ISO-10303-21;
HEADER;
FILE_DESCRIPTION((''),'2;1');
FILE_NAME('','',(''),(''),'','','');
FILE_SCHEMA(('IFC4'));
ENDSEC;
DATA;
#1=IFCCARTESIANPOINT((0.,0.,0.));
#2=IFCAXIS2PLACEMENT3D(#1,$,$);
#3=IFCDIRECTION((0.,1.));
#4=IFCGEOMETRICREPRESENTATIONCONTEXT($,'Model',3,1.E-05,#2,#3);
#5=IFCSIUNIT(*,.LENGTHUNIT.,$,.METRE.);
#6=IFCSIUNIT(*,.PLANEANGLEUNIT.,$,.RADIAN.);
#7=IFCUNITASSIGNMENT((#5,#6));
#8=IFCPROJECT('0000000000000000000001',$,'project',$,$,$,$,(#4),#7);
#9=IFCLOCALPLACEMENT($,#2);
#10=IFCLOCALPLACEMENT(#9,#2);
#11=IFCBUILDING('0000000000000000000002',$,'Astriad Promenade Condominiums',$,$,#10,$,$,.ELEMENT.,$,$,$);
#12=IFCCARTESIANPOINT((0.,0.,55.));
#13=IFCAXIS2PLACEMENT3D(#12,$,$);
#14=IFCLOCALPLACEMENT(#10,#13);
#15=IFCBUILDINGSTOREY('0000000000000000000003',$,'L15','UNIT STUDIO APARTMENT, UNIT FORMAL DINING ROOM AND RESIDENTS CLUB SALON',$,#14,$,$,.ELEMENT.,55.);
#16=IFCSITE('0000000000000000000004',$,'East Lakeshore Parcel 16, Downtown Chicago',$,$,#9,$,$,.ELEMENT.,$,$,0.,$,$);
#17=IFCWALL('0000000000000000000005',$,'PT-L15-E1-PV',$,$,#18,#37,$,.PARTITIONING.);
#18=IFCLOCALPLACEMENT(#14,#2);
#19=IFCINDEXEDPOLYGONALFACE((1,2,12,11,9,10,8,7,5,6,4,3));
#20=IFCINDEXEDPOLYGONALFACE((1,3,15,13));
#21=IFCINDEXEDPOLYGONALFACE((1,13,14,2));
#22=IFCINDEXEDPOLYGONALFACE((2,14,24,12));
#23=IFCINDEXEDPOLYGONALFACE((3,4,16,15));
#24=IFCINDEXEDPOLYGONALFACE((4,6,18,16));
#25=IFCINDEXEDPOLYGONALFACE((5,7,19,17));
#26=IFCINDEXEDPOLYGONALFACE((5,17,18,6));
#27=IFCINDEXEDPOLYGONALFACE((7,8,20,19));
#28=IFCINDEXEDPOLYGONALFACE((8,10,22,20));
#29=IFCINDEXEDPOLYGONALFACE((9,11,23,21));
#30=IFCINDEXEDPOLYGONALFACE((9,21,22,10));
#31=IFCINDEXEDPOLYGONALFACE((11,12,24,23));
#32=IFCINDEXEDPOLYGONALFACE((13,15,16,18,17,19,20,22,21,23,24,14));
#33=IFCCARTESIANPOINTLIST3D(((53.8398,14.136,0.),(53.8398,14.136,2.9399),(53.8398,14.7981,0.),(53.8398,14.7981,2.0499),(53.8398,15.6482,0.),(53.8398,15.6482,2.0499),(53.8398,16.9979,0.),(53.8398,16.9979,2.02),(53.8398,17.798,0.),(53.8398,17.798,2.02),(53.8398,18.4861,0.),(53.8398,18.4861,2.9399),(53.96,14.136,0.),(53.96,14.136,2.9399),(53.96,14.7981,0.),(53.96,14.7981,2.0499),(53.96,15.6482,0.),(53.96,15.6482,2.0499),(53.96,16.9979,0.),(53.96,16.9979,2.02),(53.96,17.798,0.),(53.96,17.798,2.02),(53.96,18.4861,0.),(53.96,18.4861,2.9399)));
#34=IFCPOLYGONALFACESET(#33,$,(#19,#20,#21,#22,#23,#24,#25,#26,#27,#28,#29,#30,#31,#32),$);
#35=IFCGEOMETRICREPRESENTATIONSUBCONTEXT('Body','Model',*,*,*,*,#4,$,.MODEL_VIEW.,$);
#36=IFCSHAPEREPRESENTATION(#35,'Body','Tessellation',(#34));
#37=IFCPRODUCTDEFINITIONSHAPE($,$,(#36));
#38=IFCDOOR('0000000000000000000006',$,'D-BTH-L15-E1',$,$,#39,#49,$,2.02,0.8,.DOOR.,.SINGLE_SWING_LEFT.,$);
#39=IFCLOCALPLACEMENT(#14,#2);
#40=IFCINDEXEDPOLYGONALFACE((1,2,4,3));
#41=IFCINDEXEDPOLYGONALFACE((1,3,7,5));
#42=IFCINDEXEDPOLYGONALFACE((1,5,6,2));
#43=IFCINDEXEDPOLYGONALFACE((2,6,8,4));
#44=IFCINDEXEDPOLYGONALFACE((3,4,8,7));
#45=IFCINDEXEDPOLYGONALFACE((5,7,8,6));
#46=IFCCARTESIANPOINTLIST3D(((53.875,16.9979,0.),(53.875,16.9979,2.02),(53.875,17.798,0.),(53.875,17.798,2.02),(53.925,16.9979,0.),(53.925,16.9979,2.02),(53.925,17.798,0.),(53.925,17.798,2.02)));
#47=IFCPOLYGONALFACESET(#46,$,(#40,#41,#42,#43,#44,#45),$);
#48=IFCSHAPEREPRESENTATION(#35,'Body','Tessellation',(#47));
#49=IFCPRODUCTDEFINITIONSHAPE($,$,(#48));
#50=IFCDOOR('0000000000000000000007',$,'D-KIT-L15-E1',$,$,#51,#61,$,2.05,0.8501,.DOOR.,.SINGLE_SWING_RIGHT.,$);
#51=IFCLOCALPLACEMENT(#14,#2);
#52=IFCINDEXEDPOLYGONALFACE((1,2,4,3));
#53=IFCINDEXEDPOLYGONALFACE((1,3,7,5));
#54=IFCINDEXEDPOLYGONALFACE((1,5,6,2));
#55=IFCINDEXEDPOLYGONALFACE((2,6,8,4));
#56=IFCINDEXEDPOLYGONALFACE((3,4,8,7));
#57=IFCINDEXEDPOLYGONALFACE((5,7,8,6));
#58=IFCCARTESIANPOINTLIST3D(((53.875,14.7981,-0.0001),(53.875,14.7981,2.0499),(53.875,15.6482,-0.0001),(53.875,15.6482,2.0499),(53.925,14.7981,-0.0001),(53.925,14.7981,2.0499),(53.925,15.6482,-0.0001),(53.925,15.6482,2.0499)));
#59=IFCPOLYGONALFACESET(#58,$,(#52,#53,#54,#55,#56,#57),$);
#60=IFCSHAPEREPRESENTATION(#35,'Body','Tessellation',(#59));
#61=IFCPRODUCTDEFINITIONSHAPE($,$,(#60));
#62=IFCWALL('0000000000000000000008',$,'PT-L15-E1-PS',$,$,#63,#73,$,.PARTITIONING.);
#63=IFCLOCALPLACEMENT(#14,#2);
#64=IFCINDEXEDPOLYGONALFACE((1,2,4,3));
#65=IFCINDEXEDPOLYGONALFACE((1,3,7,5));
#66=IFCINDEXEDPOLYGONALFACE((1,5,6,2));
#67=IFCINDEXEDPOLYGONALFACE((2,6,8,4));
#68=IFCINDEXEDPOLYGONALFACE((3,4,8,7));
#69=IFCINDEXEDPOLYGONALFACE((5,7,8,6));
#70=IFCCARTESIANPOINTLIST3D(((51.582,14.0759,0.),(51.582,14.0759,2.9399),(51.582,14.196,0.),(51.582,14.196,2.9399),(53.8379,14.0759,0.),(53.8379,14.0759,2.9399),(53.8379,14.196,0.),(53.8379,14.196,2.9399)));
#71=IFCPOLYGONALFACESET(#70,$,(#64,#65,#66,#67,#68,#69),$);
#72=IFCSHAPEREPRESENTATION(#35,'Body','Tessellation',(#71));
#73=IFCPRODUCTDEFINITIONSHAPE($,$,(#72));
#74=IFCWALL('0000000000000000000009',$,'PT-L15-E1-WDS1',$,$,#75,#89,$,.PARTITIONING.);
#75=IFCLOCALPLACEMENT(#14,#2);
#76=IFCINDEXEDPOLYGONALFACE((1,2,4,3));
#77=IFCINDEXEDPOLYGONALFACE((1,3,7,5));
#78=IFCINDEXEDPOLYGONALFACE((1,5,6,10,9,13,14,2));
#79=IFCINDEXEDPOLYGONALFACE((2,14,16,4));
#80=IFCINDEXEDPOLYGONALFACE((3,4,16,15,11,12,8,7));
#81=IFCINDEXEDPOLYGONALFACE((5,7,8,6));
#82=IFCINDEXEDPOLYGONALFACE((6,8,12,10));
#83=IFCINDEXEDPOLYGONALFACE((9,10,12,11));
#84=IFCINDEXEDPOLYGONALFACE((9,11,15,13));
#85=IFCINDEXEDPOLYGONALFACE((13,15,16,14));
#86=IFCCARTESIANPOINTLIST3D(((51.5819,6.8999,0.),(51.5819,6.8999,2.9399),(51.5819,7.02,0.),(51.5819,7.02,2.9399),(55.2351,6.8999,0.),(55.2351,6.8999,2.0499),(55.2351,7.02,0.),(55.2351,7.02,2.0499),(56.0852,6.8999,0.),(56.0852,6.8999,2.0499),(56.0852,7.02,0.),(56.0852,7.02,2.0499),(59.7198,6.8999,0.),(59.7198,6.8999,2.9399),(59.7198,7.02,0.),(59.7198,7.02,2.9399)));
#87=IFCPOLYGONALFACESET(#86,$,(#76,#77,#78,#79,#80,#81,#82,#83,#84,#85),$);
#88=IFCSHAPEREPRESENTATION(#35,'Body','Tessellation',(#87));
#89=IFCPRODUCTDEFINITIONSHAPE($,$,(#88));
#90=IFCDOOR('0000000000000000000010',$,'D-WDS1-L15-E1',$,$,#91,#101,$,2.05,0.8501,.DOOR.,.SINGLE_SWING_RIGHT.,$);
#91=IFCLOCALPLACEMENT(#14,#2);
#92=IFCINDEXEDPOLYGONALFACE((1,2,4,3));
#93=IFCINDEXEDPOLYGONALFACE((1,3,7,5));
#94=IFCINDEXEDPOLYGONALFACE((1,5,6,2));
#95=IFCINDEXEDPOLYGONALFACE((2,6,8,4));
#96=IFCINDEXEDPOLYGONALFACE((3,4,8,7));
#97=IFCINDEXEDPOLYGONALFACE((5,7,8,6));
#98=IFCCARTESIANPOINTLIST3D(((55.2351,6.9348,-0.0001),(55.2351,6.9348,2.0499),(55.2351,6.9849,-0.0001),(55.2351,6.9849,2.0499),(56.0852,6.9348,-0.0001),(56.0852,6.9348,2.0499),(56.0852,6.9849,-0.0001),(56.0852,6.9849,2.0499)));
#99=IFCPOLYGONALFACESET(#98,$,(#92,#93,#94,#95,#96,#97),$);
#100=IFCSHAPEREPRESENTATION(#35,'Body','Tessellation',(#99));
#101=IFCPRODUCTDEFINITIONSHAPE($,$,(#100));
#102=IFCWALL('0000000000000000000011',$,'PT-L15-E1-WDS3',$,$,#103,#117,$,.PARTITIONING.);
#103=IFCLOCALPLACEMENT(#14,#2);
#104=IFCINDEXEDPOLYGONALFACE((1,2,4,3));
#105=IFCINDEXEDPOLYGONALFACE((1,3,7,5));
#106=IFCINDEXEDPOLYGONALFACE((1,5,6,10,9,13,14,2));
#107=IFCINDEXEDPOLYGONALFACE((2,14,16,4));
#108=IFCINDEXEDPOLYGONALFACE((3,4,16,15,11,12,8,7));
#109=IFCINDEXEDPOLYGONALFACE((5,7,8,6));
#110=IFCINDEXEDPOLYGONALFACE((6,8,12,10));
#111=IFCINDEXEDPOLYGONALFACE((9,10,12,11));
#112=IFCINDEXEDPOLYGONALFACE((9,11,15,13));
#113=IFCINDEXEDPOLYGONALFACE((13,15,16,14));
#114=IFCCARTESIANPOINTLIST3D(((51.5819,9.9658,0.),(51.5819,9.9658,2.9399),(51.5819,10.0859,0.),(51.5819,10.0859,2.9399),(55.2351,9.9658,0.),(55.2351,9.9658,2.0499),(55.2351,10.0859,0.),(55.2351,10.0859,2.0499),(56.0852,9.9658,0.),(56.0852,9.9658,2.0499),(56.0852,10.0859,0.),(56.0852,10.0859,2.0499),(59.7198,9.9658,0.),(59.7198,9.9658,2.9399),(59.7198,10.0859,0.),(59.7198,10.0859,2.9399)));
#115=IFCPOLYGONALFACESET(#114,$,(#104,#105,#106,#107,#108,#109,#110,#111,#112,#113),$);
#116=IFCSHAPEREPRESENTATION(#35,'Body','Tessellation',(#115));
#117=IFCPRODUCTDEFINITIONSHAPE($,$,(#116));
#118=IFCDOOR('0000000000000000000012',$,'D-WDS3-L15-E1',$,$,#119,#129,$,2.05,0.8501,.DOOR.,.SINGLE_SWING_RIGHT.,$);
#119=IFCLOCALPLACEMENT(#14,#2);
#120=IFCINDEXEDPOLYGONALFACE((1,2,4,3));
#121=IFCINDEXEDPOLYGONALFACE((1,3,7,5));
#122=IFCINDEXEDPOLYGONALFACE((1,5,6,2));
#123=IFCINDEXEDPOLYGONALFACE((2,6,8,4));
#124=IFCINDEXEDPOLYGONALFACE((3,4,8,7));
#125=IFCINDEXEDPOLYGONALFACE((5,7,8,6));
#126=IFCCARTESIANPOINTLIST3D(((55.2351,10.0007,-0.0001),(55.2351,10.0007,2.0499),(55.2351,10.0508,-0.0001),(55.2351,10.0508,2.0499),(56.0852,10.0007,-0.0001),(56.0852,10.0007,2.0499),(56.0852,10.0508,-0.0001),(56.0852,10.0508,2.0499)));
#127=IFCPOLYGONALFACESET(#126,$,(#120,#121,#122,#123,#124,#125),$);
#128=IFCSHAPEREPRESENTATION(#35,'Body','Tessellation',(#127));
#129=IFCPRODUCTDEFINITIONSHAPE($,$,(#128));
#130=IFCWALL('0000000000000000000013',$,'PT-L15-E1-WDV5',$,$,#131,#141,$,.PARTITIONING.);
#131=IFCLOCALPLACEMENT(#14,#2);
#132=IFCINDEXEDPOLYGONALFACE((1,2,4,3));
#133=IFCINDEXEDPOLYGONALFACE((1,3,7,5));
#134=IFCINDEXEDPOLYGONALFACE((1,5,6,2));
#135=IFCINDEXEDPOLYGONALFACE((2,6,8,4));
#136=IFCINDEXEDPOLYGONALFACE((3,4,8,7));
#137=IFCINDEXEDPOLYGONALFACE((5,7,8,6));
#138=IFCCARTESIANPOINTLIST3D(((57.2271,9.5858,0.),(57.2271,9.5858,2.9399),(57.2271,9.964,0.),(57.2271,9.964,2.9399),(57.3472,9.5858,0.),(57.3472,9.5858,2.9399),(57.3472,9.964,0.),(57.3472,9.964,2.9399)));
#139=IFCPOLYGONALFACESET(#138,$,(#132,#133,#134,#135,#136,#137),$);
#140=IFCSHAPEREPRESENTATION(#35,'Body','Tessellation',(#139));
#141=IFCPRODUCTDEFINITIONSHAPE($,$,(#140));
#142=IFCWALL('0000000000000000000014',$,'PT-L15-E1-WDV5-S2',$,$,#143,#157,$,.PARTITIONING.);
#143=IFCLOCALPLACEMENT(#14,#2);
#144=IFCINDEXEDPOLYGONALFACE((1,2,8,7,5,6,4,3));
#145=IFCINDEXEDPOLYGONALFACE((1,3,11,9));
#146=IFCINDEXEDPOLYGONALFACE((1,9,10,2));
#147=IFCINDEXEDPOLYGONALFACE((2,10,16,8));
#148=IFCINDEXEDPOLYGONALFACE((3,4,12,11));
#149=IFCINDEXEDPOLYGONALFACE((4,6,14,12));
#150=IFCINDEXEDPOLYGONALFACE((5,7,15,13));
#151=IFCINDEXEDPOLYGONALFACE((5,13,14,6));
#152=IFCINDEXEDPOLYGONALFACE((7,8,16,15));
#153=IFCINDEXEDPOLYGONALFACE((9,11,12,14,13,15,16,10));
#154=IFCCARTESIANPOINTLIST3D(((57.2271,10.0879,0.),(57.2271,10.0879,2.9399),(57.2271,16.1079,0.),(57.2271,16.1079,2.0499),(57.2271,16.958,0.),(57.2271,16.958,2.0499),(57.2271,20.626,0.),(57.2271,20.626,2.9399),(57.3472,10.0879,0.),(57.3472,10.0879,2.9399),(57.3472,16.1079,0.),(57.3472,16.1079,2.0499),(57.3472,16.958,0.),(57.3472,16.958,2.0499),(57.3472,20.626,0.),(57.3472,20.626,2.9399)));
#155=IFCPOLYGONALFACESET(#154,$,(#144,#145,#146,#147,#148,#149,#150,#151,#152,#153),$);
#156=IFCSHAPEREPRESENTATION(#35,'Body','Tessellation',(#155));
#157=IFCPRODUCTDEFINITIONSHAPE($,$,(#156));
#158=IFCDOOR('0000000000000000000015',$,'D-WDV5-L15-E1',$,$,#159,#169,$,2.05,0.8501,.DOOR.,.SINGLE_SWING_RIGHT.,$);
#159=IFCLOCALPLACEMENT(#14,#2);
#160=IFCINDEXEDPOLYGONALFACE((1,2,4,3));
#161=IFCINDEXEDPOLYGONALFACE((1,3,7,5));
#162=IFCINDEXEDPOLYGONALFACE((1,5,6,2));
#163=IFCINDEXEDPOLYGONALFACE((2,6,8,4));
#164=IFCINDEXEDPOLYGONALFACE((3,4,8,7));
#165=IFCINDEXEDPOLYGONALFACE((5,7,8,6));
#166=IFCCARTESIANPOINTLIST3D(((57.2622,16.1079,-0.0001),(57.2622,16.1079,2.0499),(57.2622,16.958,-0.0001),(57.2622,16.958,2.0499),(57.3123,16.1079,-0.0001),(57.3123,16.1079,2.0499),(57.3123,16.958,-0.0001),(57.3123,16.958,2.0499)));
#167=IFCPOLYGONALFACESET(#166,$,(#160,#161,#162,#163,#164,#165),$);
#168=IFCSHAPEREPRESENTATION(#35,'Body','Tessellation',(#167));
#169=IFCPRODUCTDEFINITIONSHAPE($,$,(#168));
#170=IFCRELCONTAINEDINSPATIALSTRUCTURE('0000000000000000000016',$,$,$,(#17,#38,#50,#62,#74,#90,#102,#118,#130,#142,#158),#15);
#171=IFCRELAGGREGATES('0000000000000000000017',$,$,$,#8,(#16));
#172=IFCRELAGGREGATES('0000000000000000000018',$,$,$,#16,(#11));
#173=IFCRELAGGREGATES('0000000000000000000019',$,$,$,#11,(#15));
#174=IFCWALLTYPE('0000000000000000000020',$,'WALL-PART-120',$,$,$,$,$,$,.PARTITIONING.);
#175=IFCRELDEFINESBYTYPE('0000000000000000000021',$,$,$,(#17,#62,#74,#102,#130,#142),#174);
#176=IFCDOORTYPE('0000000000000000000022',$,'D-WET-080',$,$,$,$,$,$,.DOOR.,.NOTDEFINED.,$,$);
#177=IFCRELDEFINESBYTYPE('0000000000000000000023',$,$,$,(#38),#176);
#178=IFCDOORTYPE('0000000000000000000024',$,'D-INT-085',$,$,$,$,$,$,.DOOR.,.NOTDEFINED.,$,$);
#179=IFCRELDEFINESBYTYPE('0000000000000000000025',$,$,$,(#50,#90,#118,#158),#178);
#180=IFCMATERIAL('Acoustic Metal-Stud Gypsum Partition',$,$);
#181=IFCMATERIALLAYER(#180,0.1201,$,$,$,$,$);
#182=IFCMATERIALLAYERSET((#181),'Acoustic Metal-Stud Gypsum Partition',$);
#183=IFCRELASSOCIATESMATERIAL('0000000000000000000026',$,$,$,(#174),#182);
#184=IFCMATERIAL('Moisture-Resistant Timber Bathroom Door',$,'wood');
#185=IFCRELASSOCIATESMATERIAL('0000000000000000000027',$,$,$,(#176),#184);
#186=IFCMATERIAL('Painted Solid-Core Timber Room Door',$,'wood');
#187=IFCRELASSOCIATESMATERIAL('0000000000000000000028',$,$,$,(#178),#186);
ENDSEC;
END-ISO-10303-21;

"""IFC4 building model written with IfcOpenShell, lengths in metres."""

from ifc_helpers import new_model, si_unit, direction, frame, frame_2d, origin, place, context, subcontext, project, spatial, rectangle, extrude, source, transform, mapped, material, layer, layer_set, type_object, type_shapes, element, fill, save


model = new_model("IFC4")

# Units and contexts
model_context = context("Model", 3, precision=1e-05, world=origin(), true_north=direction((0.0, 1.0)))
body_context = subcontext(model_context, "Body", "Model", "MODEL_VIEW")
ifc_project = project(units=[si_unit("LENGTHUNIT", "METRE"), si_unit("PLANEANGLEUNIT", "RADIAN")], contexts=[model_context])

# Site, building, storey
site_placement = place(None, origin())
site = spatial("IfcSite", under=ifc_project, at=site_placement, Name="East Lakeshore Parcel 16, Downtown Chicago", CompositionType="ELEMENT", RefElevation=0.0)
building_placement = place(site_placement, origin())
building = spatial("IfcBuilding", under=site, at=building_placement, Name="Astriad Promenade Condominiums", CompositionType="ELEMENT")
storey_placement = place(building_placement, frame((0.0, 0.0, 55.0)))
storey = spatial("IfcBuildingStorey", under=building, at=storey_placement, Name="L15", Description="UNIT STUDIO APARTMENT, UNIT FORMAL DINING ROOM AND RESIDENTS CLUB SALON", CompositionType="ELEMENT", Elevation=55.0)

# Shared definitions
ifc_material_1 = material(Name="Acoustic Metal-Stud Gypsum Partition")
ifc_layer_1 = layer(ifc_material_1, 0.1201)
ifc_layer_set_1 = layer_set([ifc_layer_1], Name="Acoustic Metal-Stud Gypsum Partition")
wall_type_1 = type_object("IfcWallType", Name="WALL-PART-120", PredefinedType="PARTITIONING", material=ifc_layer_set_1)
ifc_material_2 = material(Name="Moisture-Resistant Timber Bathroom Door", Category="wood")
door_type_1 = type_object("IfcDoorType", Name="D-WET-080", OperationType="NOTDEFINED", PredefinedType="DOOR", material=ifc_material_2)
shared_shape_1 = source(origin(), body_context, "Body", "SweptSolid", [
    extrude(rectangle(XDim=0.8, YDim=2.02, at=frame_2d((0.3999, 1.01))), frame((0.0, 0.0249, 0.0), z_axis=(0.0, -1.0, 0.0), x_axis=(1.0, 0.0, 0.0)), (0.0, 0.0, 1.0), 0.05),
])
type_shapes(door_type_1, [shared_shape_1])
ifc_material_3 = material(Name="Painted Solid-Core Timber Room Door", Category="wood")
door_type_2 = type_object("IfcDoorType", Name="D-INT-085", OperationType="NOTDEFINED", PredefinedType="DOOR", material=ifc_material_3)
shared_shape_2 = source(origin(), body_context, "Body", "SweptSolid", [
    extrude(rectangle(XDim=0.8501, YDim=2.05, at=frame_2d((0.425, 1.0249))), frame((0.0, 0.0249, 0.0), z_axis=(0.0, -1.0, 0.0), x_axis=(1.0, 0.0, 0.0)), (0.0, 0.0, 1.0), 0.05),
])
type_shapes(door_type_2, [shared_shape_2])

# Wall, openings, doors
wall_1_placement = place(storey_placement, frame((53.8999, 14.136, 0.0), z_axis=(0.0, 0.0, 1.0), x_axis=(0.0, 1.0, 0.0)))
wall_1 = element("IfcWall", 1, at=wall_1_placement, inside=storey, type_object=wall_type_1, Name="PT-L15-E1-PV", PredefinedType="PARTITIONING", context=body_context, shape_type="SweptSolid", body=[
    extrude(rectangle(XDim=4.3501, YDim=0.1201, at=frame_2d((2.175, 0.0))), origin(), (0.0, 0.0, 1.0), 2.9399),
])
opening_1_placement = place(wall_1_placement, frame((0.6621, 0.0, 0.0)))
opening_1 = element("IfcOpeningElement", 2, at=opening_1_placement, cuts=wall_1, PredefinedType="OPENING", context=body_context, shape_type="SweptSolid", body=[
    extrude(rectangle(XDim=0.8501, YDim=2.05, at=frame_2d((0.425, 1.0249))), frame((0.0, 0.0701, 0.0), z_axis=(0.0, -1.0, 0.0), x_axis=(1.0, 0.0, 0.0)), (0.0, 0.0, 1.0), 0.1401),
])
opening_2_placement = place(wall_1_placement, frame((2.8621, 0.0, 0.0)))
opening_2 = element("IfcOpeningElement", 3, at=opening_2_placement, cuts=wall_1, PredefinedType="OPENING", context=body_context, shape_type="SweptSolid", body=[
    extrude(rectangle(XDim=0.8, YDim=2.02, at=frame_2d((0.3999, 1.01))), frame((0.0, 0.0701, 0.0), z_axis=(0.0, -1.0, 0.0), x_axis=(1.0, 0.0, 0.0)), (0.0, 0.0, 1.0), 0.1401),
])
door_1_placement = place(opening_2_placement, origin())
door_1 = element("IfcDoor", 4, at=door_1_placement, inside=storey, type_object=door_type_1, Name="D-BTH-L15-E1", OperationType="SINGLE_SWING_LEFT", OverallHeight=2.02, OverallWidth=0.8, PredefinedType="DOOR", context=body_context, shape_type="MappedRepresentation", body=[
    mapped(shared_shape_1, transform((0.0, 0.0, 0.0), scale=1.0)),
])
fill(opening_2, door_1)
door_2_placement = place(opening_1_placement, origin())
door_2 = element("IfcDoor", 5, at=door_2_placement, inside=storey, type_object=door_type_2, Name="D-KIT-L15-E1", OperationType="SINGLE_SWING_RIGHT", OverallHeight=2.05, OverallWidth=0.8501, PredefinedType="DOOR", context=body_context, shape_type="MappedRepresentation", body=[
    mapped(shared_shape_2, transform((0.0, 0.0, 0.0), scale=1.0)),
])
fill(opening_1, door_2)

# Wall
wall_2_placement = place(storey_placement, frame((51.582, 14.136, 0.0), z_axis=(0.0, 0.0, 1.0), x_axis=(1.0, 0.0, 0.0)))
element("IfcWall", 6, at=wall_2_placement, inside=storey, type_object=wall_type_1, Name="PT-L15-E1-PS", PredefinedType="PARTITIONING", context=body_context, shape_type="SweptSolid", body=[
    extrude(rectangle(XDim=2.2559, YDim=0.1201, at=frame_2d((1.1279, 0.0))), origin(), (0.0, 0.0, 1.0), 2.9399),
])

# Walls, openings, doors
wall_3_placement = place(storey_placement, frame((51.582, 6.96, 0.0), z_axis=(0.0, 0.0, 1.0), x_axis=(1.0, 0.0, 0.0)))
wall_3 = element("IfcWall", 7, at=wall_3_placement, inside=storey, type_object=wall_type_1, Name="PT-L15-E1-WDS1", PredefinedType="PARTITIONING", context=body_context, shape_type="SweptSolid", body=[
    extrude(rectangle(XDim=8.1379, YDim=0.1201, at=frame_2d((4.0688, 0.0))), origin(), (0.0, 0.0, 1.0), 2.9399),
])
opening_3_placement = place(wall_3_placement, frame((3.6531, 0.0, 0.0)))
opening_3 = element("IfcOpeningElement", 8, at=opening_3_placement, cuts=wall_3, PredefinedType="OPENING", context=body_context, shape_type="SweptSolid", body=[
    extrude(rectangle(XDim=0.8501, YDim=2.05, at=frame_2d((0.425, 1.0249))), frame((0.0, 0.0701, 0.0), z_axis=(0.0, -1.0, 0.0), x_axis=(1.0, 0.0, 0.0)), (0.0, 0.0, 1.0), 0.1401),
])
door_3_placement = place(opening_3_placement, origin())
door_3 = element("IfcDoor", 9, at=door_3_placement, inside=storey, type_object=door_type_2, Name="D-WDS1-L15-E1", OperationType="SINGLE_SWING_RIGHT", OverallHeight=2.05, OverallWidth=0.8501, PredefinedType="DOOR", context=body_context, shape_type="MappedRepresentation", body=[
    mapped(shared_shape_2, transform((0.0, 0.0, 0.0), scale=1.0)),
])
fill(opening_3, door_3)
wall_4_placement = place(storey_placement, frame((51.582, 10.0259, 0.0), z_axis=(0.0, 0.0, 1.0), x_axis=(1.0, 0.0, 0.0)))
wall_4 = element("IfcWall", 10, at=wall_4_placement, inside=storey, type_object=wall_type_1, Name="PT-L15-E1-WDS3", PredefinedType="PARTITIONING", context=body_context, shape_type="SweptSolid", body=[
    extrude(rectangle(XDim=8.1379, YDim=0.1201, at=frame_2d((4.0688, 0.0))), origin(), (0.0, 0.0, 1.0), 2.9399),
])
opening_4_placement = place(wall_4_placement, frame((3.6531, 0.0, 0.0)))
opening_4 = element("IfcOpeningElement", 11, at=opening_4_placement, cuts=wall_4, PredefinedType="OPENING", context=body_context, shape_type="SweptSolid", body=[
    extrude(rectangle(XDim=0.8501, YDim=2.05, at=frame_2d((0.425, 1.0249))), frame((0.0, 0.0701, 0.0), z_axis=(0.0, -1.0, 0.0), x_axis=(1.0, 0.0, 0.0)), (0.0, 0.0, 1.0), 0.1401),
])
door_4_placement = place(opening_4_placement, origin())
door_4 = element("IfcDoor", 12, at=door_4_placement, inside=storey, type_object=door_type_2, Name="D-WDS3-L15-E1", OperationType="SINGLE_SWING_RIGHT", OverallHeight=2.05, OverallWidth=0.8501, PredefinedType="DOOR", context=body_context, shape_type="MappedRepresentation", body=[
    mapped(shared_shape_2, transform((0.0, 0.0, 0.0), scale=1.0)),
])
fill(opening_4, door_4)

# Wall
wall_5_placement = place(storey_placement, frame((57.2871, 9.5859, 0.0), z_axis=(0.0, 0.0, 1.0), x_axis=(0.0, 1.0, 0.0)))
element("IfcWall", 13, at=wall_5_placement, inside=storey, type_object=wall_type_1, Name="PT-L15-E1-WDV5", PredefinedType="PARTITIONING", context=body_context, shape_type="SweptSolid", body=[
    extrude(rectangle(XDim=0.3782, YDim=0.1201, at=frame_2d((0.189, 0.0))), origin(), (0.0, 0.0, 1.0), 2.9399),
])

# Wall, opening, door
wall_6_placement = place(storey_placement, frame((57.2871, 10.0879, 0.0), z_axis=(0.0, 0.0, 1.0), x_axis=(0.0, 1.0, 0.0)))
wall_6 = element("IfcWall", 14, at=wall_6_placement, inside=storey, type_object=wall_type_1, Name="PT-L15-E1-WDV5-S2", PredefinedType="PARTITIONING", context=body_context, shape_type="SweptSolid", body=[
    extrude(rectangle(XDim=10.5381, YDim=0.1201, at=frame_2d((5.269, 0.0))), origin(), (0.0, 0.0, 1.0), 2.9399),
])
opening_5_placement = place(wall_6_placement, frame((6.02, 0.0, 0.0)))
opening_5 = element("IfcOpeningElement", 15, at=opening_5_placement, cuts=wall_6, PredefinedType="OPENING", context=body_context, shape_type="SweptSolid", body=[
    extrude(rectangle(XDim=0.8501, YDim=2.05, at=frame_2d((0.425, 1.0249))), frame((0.0, 0.0701, 0.0), z_axis=(0.0, -1.0, 0.0), x_axis=(1.0, 0.0, 0.0)), (0.0, 0.0, 1.0), 0.1401),
])
door_5_placement = place(opening_5_placement, origin())
door_5 = element("IfcDoor", 16, at=door_5_placement, inside=storey, type_object=door_type_2, Name="D-WDV5-L15-E1", OperationType="SINGLE_SWING_RIGHT", OverallHeight=2.05, OverallWidth=0.8501, PredefinedType="DOOR", context=body_context, shape_type="MappedRepresentation", body=[
    mapped(shared_shape_2, transform((0.0, 0.0, 0.0), scale=1.0)),
])
fill(opening_5, door_5)

save(model, "model.ifc")
